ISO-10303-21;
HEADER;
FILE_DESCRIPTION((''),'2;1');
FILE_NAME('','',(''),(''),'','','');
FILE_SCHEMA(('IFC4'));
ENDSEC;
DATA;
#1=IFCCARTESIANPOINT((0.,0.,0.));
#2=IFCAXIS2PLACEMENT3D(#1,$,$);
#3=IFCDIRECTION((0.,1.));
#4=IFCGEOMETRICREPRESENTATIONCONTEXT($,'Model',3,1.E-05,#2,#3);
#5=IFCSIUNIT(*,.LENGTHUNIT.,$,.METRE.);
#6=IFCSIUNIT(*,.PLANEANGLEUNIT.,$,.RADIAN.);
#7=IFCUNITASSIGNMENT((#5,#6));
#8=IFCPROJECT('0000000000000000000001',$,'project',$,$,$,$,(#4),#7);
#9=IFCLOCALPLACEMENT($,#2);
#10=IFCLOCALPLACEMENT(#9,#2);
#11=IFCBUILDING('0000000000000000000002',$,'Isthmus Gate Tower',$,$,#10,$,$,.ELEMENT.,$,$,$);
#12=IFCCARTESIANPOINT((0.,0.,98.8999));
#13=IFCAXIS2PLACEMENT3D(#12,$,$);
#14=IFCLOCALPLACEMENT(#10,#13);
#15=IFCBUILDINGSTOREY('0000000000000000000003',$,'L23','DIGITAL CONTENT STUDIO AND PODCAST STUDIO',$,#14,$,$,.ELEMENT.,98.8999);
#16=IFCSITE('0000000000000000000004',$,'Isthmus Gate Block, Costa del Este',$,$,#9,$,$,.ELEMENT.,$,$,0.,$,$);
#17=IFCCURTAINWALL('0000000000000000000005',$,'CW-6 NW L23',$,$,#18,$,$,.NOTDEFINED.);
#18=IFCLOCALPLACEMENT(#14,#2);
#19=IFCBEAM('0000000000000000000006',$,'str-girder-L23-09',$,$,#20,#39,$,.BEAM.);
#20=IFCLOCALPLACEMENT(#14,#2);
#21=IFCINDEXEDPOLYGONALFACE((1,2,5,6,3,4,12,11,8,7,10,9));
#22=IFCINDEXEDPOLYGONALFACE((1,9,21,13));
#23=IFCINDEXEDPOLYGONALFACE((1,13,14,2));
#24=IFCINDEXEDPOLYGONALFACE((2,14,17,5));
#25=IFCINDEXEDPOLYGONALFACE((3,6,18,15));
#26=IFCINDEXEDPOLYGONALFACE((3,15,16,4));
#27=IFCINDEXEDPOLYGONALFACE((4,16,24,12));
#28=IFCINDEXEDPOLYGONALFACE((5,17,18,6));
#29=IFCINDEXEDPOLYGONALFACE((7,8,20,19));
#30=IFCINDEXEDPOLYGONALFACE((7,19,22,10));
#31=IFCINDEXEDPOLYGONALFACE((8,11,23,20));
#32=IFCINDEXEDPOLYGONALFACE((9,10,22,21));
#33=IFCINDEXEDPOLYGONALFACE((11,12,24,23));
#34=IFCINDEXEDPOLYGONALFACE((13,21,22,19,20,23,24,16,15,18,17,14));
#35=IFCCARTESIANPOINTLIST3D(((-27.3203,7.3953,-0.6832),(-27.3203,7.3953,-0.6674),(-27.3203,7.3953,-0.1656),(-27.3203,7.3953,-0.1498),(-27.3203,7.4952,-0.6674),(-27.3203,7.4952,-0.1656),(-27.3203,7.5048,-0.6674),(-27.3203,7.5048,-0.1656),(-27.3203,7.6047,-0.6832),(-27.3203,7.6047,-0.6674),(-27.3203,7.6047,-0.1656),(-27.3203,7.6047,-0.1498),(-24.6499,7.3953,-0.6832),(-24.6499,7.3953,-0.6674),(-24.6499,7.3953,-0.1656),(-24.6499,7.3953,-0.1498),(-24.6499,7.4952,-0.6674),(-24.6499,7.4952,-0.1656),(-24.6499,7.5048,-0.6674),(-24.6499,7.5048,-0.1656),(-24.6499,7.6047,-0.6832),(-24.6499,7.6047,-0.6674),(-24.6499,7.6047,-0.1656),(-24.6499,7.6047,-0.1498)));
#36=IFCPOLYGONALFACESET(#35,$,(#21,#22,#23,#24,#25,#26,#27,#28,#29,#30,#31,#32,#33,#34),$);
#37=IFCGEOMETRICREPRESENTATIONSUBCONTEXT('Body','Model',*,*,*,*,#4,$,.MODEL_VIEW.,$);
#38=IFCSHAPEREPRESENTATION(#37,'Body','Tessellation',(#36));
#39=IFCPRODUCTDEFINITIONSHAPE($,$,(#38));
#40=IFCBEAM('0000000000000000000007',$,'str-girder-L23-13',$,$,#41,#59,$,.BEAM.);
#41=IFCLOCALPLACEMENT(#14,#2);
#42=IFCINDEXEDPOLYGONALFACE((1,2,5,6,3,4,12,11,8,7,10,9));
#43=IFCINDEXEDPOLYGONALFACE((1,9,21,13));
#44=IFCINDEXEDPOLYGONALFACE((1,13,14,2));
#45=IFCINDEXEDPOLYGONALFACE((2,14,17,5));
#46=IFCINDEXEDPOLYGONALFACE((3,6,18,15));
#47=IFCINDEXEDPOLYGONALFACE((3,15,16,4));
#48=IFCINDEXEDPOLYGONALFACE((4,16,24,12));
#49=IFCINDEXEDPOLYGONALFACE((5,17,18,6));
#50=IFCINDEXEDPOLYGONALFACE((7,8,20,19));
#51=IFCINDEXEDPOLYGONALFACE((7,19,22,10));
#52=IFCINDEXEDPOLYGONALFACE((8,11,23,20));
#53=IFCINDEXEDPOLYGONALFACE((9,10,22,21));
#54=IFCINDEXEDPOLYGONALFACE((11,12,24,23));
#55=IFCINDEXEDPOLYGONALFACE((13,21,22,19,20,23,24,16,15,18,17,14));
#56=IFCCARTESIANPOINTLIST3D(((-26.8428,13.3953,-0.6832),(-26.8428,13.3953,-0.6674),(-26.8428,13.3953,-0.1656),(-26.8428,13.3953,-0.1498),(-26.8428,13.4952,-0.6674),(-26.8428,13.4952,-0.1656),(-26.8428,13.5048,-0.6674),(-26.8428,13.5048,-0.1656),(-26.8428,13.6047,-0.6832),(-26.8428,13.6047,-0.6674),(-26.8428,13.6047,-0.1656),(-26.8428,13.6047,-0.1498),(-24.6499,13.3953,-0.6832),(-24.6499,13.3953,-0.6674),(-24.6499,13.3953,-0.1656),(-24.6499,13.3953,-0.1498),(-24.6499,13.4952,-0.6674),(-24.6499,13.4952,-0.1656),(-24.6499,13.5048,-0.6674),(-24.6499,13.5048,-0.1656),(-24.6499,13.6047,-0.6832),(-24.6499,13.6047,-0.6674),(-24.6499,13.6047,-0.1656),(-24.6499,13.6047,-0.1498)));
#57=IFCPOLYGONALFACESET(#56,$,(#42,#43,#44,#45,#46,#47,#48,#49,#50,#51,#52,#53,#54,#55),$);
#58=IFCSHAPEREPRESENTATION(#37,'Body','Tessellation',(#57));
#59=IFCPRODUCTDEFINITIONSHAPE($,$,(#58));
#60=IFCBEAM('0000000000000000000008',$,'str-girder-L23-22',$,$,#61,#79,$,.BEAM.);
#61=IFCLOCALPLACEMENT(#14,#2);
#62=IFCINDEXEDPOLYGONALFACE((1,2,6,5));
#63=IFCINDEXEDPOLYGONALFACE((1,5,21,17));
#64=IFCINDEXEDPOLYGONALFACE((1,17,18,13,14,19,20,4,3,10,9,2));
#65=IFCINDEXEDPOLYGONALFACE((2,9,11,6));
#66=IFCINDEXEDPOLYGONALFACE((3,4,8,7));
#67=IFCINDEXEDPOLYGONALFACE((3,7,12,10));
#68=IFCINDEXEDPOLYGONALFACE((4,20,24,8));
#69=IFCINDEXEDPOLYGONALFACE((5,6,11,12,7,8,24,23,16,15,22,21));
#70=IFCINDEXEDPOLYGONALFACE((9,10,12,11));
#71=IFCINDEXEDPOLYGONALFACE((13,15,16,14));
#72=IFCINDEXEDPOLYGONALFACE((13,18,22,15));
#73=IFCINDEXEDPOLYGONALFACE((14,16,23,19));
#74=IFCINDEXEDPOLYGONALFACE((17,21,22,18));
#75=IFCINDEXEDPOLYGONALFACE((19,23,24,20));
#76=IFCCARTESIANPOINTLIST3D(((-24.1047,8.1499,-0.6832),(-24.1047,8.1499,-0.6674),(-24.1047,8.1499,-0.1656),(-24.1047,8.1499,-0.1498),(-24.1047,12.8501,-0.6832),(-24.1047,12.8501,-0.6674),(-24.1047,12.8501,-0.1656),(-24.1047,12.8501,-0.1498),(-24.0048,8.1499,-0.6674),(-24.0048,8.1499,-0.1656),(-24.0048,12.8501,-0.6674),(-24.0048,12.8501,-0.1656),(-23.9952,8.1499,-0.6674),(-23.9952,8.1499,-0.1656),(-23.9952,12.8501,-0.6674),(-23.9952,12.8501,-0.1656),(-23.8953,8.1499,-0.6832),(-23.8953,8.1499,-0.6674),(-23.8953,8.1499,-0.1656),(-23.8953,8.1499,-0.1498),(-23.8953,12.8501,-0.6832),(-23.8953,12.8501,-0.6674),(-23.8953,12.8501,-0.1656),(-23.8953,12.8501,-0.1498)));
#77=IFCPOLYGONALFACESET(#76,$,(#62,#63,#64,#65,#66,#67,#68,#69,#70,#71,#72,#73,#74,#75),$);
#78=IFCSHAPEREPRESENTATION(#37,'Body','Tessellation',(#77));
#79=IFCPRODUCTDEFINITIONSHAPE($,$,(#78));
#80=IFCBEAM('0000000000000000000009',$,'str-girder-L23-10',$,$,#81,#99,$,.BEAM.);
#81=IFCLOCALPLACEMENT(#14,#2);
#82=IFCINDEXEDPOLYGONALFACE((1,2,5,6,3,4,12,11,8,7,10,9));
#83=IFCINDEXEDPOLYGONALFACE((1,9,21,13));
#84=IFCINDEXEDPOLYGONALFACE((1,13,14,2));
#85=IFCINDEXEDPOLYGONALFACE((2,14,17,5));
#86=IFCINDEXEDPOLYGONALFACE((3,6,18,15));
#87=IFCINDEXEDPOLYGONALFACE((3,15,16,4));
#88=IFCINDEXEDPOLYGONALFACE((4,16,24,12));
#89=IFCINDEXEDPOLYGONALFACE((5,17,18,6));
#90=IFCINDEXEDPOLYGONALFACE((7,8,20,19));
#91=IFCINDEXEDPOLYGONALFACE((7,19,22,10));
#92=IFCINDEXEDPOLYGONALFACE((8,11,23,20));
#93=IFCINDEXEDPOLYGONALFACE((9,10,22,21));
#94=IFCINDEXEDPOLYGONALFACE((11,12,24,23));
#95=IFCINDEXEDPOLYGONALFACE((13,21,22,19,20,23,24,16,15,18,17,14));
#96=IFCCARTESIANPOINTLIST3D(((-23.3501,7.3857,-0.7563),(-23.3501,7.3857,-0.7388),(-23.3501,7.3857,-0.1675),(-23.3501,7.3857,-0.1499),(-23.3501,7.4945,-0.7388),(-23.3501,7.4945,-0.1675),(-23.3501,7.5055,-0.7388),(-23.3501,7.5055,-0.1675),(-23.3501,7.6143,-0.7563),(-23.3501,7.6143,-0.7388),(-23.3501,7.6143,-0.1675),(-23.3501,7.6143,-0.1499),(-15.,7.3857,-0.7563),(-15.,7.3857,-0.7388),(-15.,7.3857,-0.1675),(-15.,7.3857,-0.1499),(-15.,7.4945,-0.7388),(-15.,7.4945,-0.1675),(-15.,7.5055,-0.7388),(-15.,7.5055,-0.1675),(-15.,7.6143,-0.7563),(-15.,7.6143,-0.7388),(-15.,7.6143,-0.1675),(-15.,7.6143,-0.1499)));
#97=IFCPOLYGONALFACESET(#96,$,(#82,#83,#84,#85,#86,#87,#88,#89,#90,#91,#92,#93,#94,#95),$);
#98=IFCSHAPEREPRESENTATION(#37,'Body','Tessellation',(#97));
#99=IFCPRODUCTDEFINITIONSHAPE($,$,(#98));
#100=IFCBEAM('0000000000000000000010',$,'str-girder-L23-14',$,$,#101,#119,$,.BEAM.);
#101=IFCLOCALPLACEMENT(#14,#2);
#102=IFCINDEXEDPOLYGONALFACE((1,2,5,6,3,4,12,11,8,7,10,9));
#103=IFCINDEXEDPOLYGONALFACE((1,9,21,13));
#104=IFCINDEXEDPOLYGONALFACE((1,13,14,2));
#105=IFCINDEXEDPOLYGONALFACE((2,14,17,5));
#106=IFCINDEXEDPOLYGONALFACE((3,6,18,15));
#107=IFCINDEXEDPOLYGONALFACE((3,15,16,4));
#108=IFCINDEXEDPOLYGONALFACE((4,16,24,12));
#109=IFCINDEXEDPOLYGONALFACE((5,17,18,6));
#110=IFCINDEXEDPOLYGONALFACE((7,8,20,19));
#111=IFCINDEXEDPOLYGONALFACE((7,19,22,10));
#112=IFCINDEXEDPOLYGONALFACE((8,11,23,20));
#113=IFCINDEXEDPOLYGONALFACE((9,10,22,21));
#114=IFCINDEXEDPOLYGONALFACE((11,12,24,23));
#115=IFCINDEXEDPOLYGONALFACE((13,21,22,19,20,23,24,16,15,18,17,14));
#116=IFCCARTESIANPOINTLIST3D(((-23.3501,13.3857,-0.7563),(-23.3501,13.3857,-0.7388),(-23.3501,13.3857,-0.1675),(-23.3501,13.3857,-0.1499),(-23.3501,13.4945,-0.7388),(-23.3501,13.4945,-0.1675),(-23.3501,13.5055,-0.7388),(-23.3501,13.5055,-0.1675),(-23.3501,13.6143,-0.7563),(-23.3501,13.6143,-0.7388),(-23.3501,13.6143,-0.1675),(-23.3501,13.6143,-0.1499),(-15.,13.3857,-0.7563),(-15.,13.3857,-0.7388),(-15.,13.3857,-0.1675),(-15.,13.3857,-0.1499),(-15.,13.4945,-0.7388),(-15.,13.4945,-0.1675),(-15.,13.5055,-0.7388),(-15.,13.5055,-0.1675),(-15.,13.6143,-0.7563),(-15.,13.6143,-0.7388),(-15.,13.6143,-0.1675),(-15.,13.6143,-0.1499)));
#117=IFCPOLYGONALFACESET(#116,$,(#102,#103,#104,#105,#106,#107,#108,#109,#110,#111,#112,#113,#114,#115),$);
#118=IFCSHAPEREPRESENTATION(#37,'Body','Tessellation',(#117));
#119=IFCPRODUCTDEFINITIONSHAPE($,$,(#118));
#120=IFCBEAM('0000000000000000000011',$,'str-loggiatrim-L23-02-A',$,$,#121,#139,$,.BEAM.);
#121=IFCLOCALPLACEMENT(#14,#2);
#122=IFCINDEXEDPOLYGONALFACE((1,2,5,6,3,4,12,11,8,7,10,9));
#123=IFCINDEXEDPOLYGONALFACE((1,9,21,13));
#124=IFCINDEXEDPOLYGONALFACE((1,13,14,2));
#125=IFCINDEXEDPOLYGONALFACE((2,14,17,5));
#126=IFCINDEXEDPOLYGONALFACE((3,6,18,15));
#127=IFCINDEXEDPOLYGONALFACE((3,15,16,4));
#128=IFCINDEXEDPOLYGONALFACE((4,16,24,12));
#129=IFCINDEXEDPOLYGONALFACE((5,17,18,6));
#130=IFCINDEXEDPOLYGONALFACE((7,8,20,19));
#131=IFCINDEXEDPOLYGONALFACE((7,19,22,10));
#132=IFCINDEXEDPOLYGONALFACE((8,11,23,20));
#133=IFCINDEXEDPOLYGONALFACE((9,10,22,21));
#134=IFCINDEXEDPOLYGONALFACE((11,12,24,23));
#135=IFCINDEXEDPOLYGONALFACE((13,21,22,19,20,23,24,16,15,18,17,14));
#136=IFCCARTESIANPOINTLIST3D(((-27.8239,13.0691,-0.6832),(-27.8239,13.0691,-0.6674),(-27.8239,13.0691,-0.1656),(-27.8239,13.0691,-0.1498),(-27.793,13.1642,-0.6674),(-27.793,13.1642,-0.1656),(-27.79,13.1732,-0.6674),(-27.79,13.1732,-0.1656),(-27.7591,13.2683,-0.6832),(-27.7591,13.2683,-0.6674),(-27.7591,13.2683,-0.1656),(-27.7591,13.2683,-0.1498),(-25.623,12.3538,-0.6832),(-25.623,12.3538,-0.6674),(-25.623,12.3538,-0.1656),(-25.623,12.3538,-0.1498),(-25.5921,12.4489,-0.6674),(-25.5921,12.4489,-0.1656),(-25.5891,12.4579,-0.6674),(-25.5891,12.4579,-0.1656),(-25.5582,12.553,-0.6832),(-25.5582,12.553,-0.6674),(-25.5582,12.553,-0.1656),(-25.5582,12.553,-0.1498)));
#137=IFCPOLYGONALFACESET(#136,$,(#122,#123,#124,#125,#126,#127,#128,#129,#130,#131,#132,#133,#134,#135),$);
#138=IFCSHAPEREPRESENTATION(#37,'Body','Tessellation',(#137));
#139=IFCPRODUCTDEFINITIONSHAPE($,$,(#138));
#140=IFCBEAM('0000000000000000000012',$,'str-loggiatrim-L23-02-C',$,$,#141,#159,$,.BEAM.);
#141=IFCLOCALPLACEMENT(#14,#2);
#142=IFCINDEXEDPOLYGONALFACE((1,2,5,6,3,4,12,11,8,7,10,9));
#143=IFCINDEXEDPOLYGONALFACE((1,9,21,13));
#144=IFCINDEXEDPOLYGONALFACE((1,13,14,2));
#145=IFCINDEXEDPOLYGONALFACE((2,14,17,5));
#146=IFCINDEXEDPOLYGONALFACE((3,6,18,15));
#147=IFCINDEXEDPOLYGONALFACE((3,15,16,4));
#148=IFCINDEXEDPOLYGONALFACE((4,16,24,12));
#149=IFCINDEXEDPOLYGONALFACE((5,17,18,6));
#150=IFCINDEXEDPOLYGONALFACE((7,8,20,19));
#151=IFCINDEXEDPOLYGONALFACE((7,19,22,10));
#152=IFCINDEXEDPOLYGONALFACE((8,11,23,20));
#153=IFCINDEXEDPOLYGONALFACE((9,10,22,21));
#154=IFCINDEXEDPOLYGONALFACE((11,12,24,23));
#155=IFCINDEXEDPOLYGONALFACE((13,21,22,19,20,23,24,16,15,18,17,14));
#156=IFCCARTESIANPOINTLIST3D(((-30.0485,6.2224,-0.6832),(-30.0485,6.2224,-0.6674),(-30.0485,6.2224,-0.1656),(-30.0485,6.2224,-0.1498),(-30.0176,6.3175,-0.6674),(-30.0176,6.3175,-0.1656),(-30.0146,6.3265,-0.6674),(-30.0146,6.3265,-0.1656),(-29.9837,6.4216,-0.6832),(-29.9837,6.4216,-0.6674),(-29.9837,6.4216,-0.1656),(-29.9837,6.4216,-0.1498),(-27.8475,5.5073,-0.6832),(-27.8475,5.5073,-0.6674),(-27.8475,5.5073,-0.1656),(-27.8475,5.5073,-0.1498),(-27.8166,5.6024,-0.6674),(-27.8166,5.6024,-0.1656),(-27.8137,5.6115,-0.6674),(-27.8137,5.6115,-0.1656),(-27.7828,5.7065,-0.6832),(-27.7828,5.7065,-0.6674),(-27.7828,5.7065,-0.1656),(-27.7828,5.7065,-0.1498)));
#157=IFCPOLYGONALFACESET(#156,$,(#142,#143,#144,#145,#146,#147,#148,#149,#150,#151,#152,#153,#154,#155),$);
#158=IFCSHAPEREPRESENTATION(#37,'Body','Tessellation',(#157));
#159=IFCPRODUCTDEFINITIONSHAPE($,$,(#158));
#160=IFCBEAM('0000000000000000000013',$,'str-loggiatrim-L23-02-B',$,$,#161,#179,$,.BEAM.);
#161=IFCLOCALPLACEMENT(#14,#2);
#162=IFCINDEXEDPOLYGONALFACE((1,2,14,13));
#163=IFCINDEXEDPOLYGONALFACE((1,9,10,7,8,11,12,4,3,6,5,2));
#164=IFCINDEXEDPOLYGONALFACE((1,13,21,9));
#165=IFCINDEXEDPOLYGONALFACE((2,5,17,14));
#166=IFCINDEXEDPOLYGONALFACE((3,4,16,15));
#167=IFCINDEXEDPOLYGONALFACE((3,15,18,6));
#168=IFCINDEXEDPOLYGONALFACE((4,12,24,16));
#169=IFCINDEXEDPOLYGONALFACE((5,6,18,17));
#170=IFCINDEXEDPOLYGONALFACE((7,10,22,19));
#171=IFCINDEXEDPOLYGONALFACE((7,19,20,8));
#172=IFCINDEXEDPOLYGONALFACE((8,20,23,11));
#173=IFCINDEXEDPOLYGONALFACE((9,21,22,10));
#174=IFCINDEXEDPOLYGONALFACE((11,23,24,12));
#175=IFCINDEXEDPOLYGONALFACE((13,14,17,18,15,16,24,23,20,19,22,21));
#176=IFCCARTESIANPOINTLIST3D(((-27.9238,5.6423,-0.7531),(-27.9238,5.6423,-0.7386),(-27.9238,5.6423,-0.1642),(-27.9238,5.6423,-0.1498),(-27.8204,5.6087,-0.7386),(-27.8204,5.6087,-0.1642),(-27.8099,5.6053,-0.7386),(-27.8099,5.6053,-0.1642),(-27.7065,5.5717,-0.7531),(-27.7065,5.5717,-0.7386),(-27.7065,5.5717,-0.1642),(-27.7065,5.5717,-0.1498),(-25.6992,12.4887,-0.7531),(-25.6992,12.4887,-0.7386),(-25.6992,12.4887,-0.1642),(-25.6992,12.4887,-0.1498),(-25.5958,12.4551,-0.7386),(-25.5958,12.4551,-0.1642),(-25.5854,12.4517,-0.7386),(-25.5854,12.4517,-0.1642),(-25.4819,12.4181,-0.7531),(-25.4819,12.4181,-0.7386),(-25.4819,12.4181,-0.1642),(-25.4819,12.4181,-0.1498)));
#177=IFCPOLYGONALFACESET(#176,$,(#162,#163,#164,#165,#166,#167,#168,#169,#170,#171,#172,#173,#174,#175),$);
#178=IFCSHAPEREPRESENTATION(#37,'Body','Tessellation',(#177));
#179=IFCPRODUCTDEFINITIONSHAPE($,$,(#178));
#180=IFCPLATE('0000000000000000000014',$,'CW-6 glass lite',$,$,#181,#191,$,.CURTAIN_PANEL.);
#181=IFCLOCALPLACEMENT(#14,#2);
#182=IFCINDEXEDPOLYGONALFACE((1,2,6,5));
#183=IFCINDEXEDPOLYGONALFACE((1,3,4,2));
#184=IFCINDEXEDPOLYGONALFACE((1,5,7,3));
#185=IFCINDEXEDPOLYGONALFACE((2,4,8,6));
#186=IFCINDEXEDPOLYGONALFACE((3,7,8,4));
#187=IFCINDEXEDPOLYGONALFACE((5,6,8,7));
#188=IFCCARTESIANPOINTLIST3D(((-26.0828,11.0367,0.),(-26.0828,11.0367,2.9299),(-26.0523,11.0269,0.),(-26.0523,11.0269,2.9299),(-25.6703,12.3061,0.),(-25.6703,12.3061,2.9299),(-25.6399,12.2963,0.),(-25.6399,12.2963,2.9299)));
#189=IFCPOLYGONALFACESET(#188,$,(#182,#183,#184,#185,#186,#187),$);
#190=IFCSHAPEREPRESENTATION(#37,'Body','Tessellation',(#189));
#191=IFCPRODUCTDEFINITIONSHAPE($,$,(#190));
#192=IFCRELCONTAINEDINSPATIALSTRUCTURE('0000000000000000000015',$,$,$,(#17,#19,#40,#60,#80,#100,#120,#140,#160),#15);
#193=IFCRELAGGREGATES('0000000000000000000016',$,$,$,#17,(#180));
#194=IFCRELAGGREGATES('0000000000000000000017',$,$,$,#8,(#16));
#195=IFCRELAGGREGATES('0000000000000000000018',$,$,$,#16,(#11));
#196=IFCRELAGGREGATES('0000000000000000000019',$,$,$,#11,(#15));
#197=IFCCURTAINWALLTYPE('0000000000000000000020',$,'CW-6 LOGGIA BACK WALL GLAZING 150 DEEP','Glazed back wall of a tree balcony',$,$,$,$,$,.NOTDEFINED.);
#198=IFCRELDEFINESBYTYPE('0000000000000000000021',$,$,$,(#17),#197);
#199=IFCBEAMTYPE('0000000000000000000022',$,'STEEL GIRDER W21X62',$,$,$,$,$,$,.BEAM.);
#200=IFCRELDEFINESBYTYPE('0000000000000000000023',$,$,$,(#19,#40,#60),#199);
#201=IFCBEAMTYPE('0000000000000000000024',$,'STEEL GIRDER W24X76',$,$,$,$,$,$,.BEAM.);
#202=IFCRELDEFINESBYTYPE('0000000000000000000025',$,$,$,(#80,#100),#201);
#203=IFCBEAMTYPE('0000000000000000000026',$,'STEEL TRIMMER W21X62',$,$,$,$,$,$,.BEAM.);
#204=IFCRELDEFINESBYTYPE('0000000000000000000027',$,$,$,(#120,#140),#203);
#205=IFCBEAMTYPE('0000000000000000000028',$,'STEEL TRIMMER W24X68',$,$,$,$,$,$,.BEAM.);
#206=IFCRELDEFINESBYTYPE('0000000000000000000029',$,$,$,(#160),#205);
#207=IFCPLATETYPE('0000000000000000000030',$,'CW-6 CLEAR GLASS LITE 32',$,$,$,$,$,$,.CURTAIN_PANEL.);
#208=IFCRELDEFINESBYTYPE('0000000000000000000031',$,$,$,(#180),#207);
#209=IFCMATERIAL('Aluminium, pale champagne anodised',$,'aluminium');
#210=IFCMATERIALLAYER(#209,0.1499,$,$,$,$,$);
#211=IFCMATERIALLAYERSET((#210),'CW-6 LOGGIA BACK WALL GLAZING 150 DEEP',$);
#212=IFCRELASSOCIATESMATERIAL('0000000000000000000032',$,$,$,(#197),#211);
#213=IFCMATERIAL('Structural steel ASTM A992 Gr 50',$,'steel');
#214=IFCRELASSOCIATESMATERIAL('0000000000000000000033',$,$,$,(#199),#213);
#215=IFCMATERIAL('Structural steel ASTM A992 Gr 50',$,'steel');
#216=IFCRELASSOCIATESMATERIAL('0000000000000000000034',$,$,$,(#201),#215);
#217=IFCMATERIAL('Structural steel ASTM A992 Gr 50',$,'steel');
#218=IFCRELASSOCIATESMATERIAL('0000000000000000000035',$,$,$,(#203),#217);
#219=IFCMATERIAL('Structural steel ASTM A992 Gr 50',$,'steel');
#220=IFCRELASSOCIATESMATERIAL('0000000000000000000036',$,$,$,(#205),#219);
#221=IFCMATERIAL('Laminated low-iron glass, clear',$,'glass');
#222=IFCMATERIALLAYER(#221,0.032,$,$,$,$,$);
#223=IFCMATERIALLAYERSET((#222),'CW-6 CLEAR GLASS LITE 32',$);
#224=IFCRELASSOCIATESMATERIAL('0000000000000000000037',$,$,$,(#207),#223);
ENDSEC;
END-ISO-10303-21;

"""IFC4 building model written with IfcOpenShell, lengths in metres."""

from ifc_helpers import new_model, si_unit, direction, frame, origin, origin_2d, place, context, subcontext, project, spatial, rectangle, i_section, extrude, material, layer, layer_set, material_profile, profile_set, type_object, element, aggregate, save


model = new_model("IFC4")

# Units and contexts
model_context = context("Model", 3, precision=1e-05, world=origin(), true_north=direction((0.0, 1.0)))
body_context = subcontext(model_context, "Body", "Model", "MODEL_VIEW")
ifc_project = project(units=[si_unit("LENGTHUNIT", "METRE"), si_unit("PLANEANGLEUNIT", "RADIAN")], contexts=[model_context])

# Site, building, storey
site_placement = place(None, origin())
site = spatial("IfcSite", under=ifc_project, at=site_placement, Name="Isthmus Gate Block, Costa del Este", CompositionType="ELEMENT", RefElevation=0.0)
building_placement = place(site_placement, origin())
building = spatial("IfcBuilding", under=site, at=building_placement, Name="Isthmus Gate Tower", CompositionType="ELEMENT")
storey_placement = place(building_placement, frame((0.0, 0.0, 98.8999)))
storey = spatial("IfcBuildingStorey", under=building, at=storey_placement, Name="L23", Description="DIGITAL CONTENT STUDIO AND PODCAST STUDIO", CompositionType="ELEMENT", Elevation=98.8999)

# Curtain wall
ifc_material_1 = material(Name="Aluminium, pale champagne anodised", Category="aluminium")
ifc_layer_1 = layer(ifc_material_1, 0.1499)
ifc_layer_set_1 = layer_set([ifc_layer_1], Name="CW-6 LOGGIA BACK WALL GLAZING 150 DEEP")
curtain_wall_type_1 = type_object("IfcCurtainWallType", Name="CW-6 LOGGIA BACK WALL GLAZING 150 DEEP", Description="Glazed back wall of a tree balcony", PredefinedType="NOTDEFINED", material=ifc_layer_set_1)
curtain_wall_1_placement = place(storey_placement, origin())
curtain_wall_1 = element("IfcCurtainWall", 1, at=curtain_wall_1_placement, inside=storey, type_object=curtain_wall_type_1, Name="CW-6 NW L23", PredefinedType="NOTDEFINED")

# Beams
ifc_material_2 = material(Name="Structural steel ASTM A992 Gr 50", Category="steel")
ifc_material_profile_1 = material_profile(ifc_material_2, i_section(OverallWidth=0.2095, OverallDepth=0.5334, WebThickness=0.0095, FlangeThickness=0.0159, at=origin_2d()), Name="W21X62")
ifc_profile_set_1 = profile_set([ifc_material_profile_1], Name="Structural steel ASTM A992 Gr 50")
beam_type_1 = type_object("IfcBeamType", Name="STEEL GIRDER W21X62", PredefinedType="BEAM", material=ifc_profile_set_1)
beam_1_placement = place(storey_placement, frame((-27.3203, 7.5, -0.4165), z_axis=(1.0, 0.0, 0.0), x_axis=(0.0, 1.0, 0.0)))
element("IfcBeam", 2, at=beam_1_placement, inside=storey, type_object=beam_type_1, Name="str-girder-L23-09", PredefinedType="BEAM", context=body_context, shape_type="SweptSolid", body=[
    extrude(i_section(OverallWidth=0.2095, OverallDepth=0.5334, WebThickness=0.0095, FlangeThickness=0.0159, at=origin_2d()), origin(), (0.0, 0.0, 1.0), 2.6704),
])
beam_2_placement = place(storey_placement, frame((-26.8428, 13.5, -0.4165), z_axis=(1.0, 0.0, 0.0), x_axis=(0.0, 1.0, 0.0)))
element("IfcBeam", 3, at=beam_2_placement, inside=storey, type_object=beam_type_1, Name="str-girder-L23-13", PredefinedType="BEAM", context=body_context, shape_type="SweptSolid", body=[
    extrude(i_section(OverallWidth=0.2095, OverallDepth=0.5334, WebThickness=0.0095, FlangeThickness=0.0159, at=origin_2d()), origin(), (0.0, 0.0, 1.0), 2.1929),
])
beam_3_placement = place(storey_placement, frame((-24.0, 8.1499, -0.4165), z_axis=(0.0, 1.0, 0.0), x_axis=(-1.0, 0.0, 0.0)))
element("IfcBeam", 4, at=beam_3_placement, inside=storey, type_object=beam_type_1, Name="str-girder-L23-22", PredefinedType="BEAM", context=body_context, shape_type="SweptSolid", body=[
    extrude(i_section(OverallWidth=0.2095, OverallDepth=0.5334, WebThickness=0.0095, FlangeThickness=0.0159, at=origin_2d()), origin(), (0.0, 0.0, 1.0), 4.7002),
])
ifc_material_3 = material(Name="Structural steel ASTM A992 Gr 50", Category="steel")
ifc_material_profile_2 = material_profile(ifc_material_3, i_section(OverallWidth=0.2285, OverallDepth=0.6064, WebThickness=0.011, FlangeThickness=0.0176, at=origin_2d()), Name="W24X76")
ifc_profile_set_2 = profile_set([ifc_material_profile_2], Name="Structural steel ASTM A992 Gr 50")
beam_type_2 = type_object("IfcBeamType", Name="STEEL GIRDER W24X76", PredefinedType="BEAM", material=ifc_profile_set_2)
for number, where, z_axis, x_axis, name in (
    (5, (-23.3501, 7.5, -0.4531), (1.0, 0.0, 0.0), (0.0, 1.0, 0.0), "str-girder-L23-10"),
    (6, (-23.3501, 13.5, -0.4531), (1.0, 0.0, 0.0), (0.0, 1.0, 0.0), "str-girder-L23-14"),
):
    element("IfcBeam", number, at=place(storey_placement, frame(where, z_axis=z_axis, x_axis=x_axis)), inside=storey, type_object=beam_type_2, Name=name, PredefinedType="BEAM", context=body_context, shape_type="SweptSolid", body=[
        extrude(i_section(OverallWidth=0.2285, OverallDepth=0.6064, WebThickness=0.011, FlangeThickness=0.0176, at=origin_2d()), origin(), (0.0, 0.0, 1.0), 8.3501),
    ])
ifc_material_4 = material(Name="Structural steel ASTM A992 Gr 50", Category="steel")
ifc_material_profile_3 = material_profile(ifc_material_4, i_section(OverallWidth=0.2095, OverallDepth=0.5334, WebThickness=0.0095, FlangeThickness=0.0159, at=origin_2d()), Name="W21X62")
ifc_profile_set_3 = profile_set([ifc_material_profile_3], Name="Structural steel ASTM A992 Gr 50")
beam_type_3 = type_object("IfcBeamType", Name="STEEL TRIMMER W21X62", PredefinedType="BEAM", material=ifc_profile_set_3)
for number, where, z_axis, x_axis, name in (
    (7, (-27.7915, 13.1687, -0.4165), (0.95103, -0.309098, 0.0), (0.309098, 0.95103, 0.0), "str-loggiatrim-L23-02-A"),
    (8, (-30.0161, 6.322, -0.4165), (0.951061, -0.309003, 0.0), (0.309003, 0.951061, 0.0), "str-loggiatrim-L23-02-C"),
):
    element("IfcBeam", number, at=place(storey_placement, frame(where, z_axis=z_axis, x_axis=x_axis)), inside=storey, type_object=beam_type_3, Name=name, PredefinedType="BEAM", context=body_context, shape_type="SweptSolid", body=[
        extrude(i_section(OverallWidth=0.2095, OverallDepth=0.5334, WebThickness=0.0095, FlangeThickness=0.0159, at=origin_2d()), origin(), (0.0, 0.0, 1.0), 2.3142),
    ])
ifc_material_5 = material(Name="Structural steel ASTM A992 Gr 50", Category="steel")
ifc_material_profile_4 = material_profile(ifc_material_5, i_section(OverallWidth=0.2285, OverallDepth=0.6033, WebThickness=0.011, FlangeThickness=0.0144, at=origin_2d()), Name="W24X68")
ifc_profile_set_4 = profile_set([ifc_material_profile_4], Name="Structural steel ASTM A992 Gr 50")
beam_type_4 = type_object("IfcBeamType", Name="STEEL TRIMMER W24X68", PredefinedType="BEAM", material=ifc_profile_set_4)
beam_4_placement = place(storey_placement, frame((-25.5906, 12.4534, -0.4514), z_axis=(-0.309025, -0.951054, 0.0), x_axis=(0.951054, -0.309025, 0.0)))
element("IfcBeam", 9, at=beam_4_placement, inside=storey, type_object=beam_type_4, Name="str-loggiatrim-L23-02-B", PredefinedType="BEAM", context=body_context, shape_type="SweptSolid", body=[
    extrude(i_section(OverallWidth=0.2285, OverallDepth=0.6033, WebThickness=0.011, FlangeThickness=0.0144, at=origin_2d()), origin(), (0.0, 0.0, 1.0), 7.1987),
])

# Plate
ifc_material_6 = material(Name="Laminated low-iron glass, clear", Category="glass")
ifc_layer_2 = layer(ifc_material_6, 0.032)
ifc_layer_set_2 = layer_set([ifc_layer_2], Name="CW-6 CLEAR GLASS LITE 32")
plate_type = type_object("IfcPlateType", Name="CW-6 CLEAR GLASS LITE 32", PredefinedType="CURTAIN_PANEL", material=ifc_layer_set_2)
plate_1_placement = place(storey_placement, frame((-25.8613, 11.6665, 0.0), z_axis=(0.0, 0.0, 1.0), x_axis=(-0.309017, -0.951057, 0.0)))
plate_1 = element("IfcPlate", 10, at=plate_1_placement, type_object=plate_type, Name="CW-6 glass lite", PredefinedType="CURTAIN_PANEL", context=body_context, shape_type="SweptSolid", body=[
    extrude(rectangle(XDim=1.3347, YDim=0.032, at=origin_2d()), origin(), (0.0, 0.0, 1.0), 2.9299),
])
aggregate(curtain_wall_1, [plate_1])

save(model, "model.ifc")
